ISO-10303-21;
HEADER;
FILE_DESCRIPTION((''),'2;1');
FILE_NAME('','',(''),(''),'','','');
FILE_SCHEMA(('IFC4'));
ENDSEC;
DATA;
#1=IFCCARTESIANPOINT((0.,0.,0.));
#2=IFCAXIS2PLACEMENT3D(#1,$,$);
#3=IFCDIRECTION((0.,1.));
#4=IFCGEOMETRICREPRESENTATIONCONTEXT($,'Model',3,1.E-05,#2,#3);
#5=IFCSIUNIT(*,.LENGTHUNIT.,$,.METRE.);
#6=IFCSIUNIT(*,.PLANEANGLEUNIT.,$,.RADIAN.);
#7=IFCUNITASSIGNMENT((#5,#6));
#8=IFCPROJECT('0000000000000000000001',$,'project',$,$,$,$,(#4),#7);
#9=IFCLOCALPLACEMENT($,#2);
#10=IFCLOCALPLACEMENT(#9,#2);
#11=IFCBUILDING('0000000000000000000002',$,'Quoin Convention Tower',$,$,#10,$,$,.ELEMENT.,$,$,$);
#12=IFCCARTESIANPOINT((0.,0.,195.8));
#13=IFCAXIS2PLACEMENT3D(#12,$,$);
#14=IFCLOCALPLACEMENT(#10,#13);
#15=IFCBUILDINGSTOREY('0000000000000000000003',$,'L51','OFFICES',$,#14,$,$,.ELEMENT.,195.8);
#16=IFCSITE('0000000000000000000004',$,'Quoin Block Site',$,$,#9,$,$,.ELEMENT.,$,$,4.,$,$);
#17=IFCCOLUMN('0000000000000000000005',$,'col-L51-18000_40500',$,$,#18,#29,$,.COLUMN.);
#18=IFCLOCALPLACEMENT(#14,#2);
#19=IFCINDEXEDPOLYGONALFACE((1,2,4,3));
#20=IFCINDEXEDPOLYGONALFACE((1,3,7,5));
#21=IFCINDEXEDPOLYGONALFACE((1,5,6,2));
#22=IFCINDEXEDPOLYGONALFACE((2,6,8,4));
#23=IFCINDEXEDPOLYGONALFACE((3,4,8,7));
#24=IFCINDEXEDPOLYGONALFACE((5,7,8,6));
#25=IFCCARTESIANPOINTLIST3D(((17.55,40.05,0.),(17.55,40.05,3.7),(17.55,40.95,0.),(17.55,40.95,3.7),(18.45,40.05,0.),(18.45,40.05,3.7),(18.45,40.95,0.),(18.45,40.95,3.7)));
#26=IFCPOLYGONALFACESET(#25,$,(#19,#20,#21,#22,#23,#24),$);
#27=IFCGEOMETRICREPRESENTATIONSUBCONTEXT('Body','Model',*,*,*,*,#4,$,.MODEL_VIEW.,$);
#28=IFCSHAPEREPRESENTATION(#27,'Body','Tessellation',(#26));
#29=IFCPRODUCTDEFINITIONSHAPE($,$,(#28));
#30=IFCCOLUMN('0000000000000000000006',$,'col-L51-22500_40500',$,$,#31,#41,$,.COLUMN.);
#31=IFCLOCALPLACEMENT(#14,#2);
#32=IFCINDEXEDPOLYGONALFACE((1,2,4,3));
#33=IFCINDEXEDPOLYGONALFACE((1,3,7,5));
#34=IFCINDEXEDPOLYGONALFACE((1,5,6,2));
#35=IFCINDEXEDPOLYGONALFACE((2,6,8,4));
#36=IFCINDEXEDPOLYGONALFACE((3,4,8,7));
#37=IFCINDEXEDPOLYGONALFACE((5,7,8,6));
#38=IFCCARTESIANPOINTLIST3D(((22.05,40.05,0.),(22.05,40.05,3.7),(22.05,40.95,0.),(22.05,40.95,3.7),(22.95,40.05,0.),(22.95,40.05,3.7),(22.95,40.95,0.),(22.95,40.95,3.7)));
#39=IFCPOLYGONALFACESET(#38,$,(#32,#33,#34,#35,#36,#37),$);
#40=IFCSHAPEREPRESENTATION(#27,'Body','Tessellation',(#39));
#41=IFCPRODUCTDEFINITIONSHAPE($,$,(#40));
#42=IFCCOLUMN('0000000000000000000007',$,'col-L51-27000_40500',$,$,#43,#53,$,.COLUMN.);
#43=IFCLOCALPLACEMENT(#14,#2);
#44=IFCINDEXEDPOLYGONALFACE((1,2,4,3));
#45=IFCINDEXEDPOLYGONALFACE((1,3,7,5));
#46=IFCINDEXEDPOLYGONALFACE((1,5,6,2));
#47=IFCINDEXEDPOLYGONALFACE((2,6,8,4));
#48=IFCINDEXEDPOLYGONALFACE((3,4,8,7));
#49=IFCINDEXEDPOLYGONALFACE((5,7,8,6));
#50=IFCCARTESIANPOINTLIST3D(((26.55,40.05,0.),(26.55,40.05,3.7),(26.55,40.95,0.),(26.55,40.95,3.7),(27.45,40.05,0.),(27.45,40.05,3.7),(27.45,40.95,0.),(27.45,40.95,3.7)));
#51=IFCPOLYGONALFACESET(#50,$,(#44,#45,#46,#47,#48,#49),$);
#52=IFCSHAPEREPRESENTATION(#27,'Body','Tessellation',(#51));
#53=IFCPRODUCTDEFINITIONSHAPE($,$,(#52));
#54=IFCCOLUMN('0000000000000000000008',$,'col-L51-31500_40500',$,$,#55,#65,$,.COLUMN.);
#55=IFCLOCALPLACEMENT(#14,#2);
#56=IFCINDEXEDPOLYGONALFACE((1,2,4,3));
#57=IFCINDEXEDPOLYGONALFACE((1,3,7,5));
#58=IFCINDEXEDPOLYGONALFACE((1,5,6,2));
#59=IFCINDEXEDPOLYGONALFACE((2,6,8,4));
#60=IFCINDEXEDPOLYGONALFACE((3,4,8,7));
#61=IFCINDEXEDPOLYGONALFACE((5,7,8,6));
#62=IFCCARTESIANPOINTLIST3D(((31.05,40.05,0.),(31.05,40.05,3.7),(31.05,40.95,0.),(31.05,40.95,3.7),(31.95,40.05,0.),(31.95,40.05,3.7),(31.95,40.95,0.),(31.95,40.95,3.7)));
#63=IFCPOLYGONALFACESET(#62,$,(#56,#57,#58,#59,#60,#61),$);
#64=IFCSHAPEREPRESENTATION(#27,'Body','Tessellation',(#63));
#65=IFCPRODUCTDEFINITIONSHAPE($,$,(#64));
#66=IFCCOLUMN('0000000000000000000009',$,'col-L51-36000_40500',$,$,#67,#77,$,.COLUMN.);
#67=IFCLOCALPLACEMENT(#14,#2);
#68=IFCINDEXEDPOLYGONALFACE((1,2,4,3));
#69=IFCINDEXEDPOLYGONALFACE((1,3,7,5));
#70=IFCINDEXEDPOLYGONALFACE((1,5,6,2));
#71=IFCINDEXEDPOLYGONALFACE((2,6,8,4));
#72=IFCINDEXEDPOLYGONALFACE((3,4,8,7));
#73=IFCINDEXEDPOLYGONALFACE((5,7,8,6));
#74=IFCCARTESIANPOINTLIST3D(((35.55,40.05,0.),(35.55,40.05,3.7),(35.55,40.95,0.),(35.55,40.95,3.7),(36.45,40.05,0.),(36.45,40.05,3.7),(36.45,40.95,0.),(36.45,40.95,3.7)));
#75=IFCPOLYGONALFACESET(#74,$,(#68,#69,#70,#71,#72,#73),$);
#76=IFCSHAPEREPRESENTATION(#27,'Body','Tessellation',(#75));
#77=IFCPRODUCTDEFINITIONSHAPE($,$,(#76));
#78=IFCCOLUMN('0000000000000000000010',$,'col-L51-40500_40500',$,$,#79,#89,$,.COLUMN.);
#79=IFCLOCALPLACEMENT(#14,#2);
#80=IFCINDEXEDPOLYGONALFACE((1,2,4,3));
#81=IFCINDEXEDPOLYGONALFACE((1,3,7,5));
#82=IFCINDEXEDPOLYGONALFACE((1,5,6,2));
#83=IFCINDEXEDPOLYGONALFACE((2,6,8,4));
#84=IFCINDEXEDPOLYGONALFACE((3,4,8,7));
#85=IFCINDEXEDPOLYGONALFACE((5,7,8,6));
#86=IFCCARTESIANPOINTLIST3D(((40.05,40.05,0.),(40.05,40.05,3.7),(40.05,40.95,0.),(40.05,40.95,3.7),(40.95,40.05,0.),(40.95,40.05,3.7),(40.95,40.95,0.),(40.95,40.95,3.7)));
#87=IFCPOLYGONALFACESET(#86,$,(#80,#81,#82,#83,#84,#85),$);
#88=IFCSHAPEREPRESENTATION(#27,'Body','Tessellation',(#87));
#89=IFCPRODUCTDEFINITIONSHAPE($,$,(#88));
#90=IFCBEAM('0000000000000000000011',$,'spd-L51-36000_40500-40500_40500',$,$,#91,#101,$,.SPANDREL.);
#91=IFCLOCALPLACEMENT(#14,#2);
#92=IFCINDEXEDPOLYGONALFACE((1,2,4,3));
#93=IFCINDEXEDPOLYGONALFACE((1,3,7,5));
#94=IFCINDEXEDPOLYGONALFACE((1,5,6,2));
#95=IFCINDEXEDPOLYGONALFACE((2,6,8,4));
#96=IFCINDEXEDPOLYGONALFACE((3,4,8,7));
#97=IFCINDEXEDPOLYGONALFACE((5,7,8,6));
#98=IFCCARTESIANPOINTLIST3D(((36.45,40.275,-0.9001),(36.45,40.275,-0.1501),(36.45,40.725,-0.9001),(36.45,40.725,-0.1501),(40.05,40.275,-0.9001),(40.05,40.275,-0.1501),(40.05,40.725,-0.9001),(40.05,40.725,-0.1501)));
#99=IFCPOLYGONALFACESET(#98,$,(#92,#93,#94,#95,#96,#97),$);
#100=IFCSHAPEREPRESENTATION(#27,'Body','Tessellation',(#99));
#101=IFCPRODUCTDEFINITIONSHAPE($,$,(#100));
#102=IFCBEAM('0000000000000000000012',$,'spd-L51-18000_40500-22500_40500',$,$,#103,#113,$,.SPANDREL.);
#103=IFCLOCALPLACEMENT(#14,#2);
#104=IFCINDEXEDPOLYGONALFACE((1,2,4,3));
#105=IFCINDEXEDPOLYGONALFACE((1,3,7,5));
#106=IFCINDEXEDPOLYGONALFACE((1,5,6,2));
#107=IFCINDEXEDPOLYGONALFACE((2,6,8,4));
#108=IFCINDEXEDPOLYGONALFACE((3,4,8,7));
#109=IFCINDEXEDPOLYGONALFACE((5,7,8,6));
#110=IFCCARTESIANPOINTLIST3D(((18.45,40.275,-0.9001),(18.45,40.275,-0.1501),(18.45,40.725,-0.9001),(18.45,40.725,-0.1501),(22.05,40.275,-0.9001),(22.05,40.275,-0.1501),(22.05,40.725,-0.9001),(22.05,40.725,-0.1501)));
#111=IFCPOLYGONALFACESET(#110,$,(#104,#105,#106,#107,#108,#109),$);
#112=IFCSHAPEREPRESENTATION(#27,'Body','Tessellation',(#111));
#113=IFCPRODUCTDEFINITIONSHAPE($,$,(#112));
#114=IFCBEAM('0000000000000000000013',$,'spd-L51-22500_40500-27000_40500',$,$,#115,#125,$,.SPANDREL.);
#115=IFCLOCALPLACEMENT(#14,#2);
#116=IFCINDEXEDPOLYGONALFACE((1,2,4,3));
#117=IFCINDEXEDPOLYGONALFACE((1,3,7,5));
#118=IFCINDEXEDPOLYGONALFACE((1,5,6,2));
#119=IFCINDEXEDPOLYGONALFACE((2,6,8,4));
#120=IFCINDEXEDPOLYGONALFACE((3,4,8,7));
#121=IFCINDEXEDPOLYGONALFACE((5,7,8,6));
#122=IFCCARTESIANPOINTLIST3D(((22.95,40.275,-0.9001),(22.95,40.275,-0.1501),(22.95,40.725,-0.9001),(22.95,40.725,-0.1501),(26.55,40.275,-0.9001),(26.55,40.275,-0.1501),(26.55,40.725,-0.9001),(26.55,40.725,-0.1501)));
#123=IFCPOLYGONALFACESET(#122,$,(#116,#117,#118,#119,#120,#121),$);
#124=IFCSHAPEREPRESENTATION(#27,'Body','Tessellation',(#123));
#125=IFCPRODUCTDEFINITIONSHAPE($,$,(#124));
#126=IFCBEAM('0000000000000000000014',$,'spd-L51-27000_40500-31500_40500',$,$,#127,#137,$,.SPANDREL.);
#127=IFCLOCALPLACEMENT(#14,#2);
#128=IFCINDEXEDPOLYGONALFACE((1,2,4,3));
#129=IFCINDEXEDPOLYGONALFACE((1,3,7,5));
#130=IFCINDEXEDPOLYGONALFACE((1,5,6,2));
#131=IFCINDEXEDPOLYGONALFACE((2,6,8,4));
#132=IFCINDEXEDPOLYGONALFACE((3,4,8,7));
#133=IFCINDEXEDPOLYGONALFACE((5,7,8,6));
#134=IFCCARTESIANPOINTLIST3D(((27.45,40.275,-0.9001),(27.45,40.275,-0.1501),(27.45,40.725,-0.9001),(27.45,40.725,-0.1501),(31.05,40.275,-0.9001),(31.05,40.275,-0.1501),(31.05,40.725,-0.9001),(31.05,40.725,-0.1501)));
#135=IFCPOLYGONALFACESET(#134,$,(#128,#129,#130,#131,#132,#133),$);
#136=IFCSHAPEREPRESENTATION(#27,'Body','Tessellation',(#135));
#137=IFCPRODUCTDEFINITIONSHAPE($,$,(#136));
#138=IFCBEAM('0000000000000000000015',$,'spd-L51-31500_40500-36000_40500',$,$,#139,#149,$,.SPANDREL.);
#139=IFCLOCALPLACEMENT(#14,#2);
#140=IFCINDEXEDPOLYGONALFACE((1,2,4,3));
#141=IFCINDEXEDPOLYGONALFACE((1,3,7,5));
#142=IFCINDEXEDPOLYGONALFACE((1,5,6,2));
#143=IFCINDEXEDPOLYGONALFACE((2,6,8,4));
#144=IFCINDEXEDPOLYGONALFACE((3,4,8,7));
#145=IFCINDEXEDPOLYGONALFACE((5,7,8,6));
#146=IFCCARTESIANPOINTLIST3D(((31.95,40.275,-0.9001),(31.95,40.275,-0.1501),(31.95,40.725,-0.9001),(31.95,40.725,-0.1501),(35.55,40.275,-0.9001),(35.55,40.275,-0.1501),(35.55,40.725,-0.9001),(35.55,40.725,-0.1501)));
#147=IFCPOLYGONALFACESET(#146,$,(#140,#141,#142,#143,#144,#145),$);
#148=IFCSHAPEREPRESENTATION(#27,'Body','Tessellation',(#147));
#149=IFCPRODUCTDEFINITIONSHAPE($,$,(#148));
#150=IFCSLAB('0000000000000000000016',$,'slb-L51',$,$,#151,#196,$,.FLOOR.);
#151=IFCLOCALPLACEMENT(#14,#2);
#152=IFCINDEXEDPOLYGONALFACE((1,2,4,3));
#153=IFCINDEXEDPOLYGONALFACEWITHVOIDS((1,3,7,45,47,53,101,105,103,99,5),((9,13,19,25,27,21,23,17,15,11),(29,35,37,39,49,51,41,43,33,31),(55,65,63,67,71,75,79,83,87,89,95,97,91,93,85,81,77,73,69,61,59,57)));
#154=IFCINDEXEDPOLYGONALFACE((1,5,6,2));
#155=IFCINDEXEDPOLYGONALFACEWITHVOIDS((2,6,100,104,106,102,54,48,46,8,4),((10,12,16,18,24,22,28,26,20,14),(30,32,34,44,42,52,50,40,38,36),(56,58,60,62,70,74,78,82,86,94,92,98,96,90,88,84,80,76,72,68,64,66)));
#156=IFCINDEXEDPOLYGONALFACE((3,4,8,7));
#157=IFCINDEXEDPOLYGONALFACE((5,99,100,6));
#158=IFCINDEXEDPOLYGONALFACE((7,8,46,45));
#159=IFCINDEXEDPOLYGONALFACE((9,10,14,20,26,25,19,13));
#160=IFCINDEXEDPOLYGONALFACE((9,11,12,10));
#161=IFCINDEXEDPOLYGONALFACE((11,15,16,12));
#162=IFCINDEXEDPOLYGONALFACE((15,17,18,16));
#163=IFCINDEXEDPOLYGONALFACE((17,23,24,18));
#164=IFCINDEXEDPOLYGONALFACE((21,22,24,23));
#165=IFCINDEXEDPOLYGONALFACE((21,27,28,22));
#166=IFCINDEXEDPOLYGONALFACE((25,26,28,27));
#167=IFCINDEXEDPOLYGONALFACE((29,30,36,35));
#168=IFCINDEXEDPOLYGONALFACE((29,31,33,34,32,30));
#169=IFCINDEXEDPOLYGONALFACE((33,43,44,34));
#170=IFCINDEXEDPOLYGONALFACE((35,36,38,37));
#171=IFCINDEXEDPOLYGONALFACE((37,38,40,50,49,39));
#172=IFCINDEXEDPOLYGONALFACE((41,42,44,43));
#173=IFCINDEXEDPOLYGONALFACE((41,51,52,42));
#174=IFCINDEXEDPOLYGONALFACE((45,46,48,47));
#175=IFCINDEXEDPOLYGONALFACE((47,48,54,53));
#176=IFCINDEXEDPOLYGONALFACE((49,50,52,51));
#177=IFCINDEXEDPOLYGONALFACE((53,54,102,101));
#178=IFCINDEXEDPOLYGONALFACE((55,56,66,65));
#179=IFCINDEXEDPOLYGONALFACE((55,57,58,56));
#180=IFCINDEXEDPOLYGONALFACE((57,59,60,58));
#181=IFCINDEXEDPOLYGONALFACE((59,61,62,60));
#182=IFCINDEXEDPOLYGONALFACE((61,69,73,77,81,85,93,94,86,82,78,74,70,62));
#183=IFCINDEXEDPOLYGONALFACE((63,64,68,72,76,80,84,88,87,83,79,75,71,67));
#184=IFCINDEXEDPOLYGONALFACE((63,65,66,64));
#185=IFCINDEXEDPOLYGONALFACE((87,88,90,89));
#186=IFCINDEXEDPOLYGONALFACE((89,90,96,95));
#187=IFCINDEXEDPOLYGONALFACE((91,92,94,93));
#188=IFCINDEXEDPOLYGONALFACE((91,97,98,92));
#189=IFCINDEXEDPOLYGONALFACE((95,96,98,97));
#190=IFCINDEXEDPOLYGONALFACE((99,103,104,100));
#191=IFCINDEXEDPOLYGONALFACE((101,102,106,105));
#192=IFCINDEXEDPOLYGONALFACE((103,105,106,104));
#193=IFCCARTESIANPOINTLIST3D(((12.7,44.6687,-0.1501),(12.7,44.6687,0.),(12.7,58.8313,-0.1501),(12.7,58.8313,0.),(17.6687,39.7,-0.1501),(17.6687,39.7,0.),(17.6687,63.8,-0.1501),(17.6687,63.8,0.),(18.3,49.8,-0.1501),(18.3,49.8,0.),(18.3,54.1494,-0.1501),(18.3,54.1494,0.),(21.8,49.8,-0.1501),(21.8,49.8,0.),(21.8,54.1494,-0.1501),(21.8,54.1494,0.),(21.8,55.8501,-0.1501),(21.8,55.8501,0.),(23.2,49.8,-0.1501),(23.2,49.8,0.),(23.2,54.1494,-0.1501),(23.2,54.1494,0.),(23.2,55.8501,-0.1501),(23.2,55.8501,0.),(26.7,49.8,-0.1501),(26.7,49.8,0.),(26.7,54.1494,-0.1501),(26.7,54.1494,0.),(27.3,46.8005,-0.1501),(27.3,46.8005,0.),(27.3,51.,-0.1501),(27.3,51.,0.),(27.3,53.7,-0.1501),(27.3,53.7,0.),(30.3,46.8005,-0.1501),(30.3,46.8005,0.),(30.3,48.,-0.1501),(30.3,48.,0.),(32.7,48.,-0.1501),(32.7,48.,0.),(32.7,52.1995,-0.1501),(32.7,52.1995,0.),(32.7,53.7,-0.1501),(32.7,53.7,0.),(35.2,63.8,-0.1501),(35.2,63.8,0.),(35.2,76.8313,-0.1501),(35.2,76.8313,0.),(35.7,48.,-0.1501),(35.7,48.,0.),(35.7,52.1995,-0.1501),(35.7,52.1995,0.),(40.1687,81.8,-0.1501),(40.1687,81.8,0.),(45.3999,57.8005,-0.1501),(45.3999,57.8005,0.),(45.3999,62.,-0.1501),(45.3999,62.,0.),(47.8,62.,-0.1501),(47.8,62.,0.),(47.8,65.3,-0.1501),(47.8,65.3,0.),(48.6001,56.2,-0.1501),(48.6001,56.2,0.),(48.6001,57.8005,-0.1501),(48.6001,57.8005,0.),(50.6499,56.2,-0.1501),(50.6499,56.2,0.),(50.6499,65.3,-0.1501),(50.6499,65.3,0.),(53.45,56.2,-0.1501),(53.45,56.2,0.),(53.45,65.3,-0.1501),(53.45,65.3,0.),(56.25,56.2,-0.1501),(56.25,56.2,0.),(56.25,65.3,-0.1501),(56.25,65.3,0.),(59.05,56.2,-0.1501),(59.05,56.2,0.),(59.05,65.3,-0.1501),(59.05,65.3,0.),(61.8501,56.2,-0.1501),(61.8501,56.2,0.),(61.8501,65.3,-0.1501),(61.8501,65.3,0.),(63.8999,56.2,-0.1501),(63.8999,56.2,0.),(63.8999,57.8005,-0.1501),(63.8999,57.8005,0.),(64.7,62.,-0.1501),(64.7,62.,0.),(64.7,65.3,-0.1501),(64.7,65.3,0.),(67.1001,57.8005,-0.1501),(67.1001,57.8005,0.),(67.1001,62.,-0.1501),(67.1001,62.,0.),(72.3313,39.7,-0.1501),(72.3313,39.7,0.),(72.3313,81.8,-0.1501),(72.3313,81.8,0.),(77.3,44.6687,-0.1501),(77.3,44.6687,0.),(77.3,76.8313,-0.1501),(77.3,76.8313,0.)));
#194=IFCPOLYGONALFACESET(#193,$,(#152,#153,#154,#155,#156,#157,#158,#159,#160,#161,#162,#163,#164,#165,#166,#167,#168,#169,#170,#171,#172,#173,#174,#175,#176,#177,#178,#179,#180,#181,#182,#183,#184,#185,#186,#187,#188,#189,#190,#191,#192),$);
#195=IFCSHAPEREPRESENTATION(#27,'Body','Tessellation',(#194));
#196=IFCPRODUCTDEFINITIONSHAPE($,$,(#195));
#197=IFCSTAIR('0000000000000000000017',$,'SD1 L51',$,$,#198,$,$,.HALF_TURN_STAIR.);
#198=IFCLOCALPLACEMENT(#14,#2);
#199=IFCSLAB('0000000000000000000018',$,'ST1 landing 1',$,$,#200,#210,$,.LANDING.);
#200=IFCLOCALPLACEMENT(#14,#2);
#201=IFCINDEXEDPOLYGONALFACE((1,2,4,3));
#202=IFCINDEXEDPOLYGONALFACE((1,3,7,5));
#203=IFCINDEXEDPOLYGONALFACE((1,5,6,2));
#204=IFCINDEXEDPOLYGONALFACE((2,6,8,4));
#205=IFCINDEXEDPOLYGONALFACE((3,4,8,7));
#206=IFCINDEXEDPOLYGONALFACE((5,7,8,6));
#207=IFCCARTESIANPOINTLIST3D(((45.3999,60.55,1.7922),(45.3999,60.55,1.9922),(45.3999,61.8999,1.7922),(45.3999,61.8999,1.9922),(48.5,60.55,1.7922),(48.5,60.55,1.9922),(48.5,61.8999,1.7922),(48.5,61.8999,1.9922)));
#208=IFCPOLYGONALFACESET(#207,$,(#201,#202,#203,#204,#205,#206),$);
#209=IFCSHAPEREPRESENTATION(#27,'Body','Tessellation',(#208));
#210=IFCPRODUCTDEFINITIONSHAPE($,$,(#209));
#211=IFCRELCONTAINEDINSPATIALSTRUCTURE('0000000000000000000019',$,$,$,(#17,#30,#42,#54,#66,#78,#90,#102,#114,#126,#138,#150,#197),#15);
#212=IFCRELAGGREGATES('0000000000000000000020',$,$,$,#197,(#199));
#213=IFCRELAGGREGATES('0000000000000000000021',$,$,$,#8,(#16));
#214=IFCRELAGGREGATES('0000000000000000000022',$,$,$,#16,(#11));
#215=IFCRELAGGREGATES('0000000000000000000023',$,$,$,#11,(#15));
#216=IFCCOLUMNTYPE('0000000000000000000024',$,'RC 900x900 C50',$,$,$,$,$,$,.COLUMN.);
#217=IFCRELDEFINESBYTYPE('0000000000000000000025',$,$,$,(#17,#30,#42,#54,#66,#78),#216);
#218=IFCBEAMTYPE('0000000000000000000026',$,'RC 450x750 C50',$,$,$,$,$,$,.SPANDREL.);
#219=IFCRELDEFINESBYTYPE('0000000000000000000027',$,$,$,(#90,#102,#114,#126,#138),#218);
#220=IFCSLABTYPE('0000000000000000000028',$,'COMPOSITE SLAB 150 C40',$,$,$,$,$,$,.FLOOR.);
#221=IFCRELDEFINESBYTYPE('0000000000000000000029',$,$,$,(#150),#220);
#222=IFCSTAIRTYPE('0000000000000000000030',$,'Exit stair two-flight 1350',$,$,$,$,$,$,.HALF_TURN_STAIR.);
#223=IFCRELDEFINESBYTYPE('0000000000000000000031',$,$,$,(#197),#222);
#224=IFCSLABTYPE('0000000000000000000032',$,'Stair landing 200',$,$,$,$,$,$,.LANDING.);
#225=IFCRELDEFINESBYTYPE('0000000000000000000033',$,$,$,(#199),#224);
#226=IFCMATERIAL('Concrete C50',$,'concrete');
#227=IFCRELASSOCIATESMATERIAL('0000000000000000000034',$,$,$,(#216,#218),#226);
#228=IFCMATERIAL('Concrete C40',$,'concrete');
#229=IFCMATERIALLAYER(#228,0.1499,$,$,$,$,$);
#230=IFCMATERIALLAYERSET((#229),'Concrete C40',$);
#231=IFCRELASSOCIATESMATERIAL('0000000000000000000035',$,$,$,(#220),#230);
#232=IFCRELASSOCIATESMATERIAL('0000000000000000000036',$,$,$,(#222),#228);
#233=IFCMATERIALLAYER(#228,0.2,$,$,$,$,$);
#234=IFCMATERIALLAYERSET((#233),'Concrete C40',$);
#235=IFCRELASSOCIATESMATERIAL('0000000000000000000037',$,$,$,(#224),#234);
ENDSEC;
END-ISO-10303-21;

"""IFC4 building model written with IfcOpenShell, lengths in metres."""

from ifc_helpers import new_model, si_unit, direction, frame, origin, origin_2d, place, context, subcontext, project, spatial, polyline, rectangle, outline, extrude, material, layer, layer_set, material_profile, profile_set, type_object, element, aggregate, save


model = new_model("IFC4")

# Units and contexts
model_context = context("Model", 3, precision=1e-05, world=origin(), true_north=direction((0.0, 1.0)))
body_context = subcontext(model_context, "Body", "Model", "MODEL_VIEW")
ifc_project = project(units=[si_unit("LENGTHUNIT", "METRE"), si_unit("PLANEANGLEUNIT", "RADIAN")], contexts=[model_context])

# Site, building, storey
site_placement = place(None, origin())
site = spatial("IfcSite", under=ifc_project, at=site_placement, Name="Quoin Block Site", CompositionType="ELEMENT", RefElevation=4.0)
building_placement = place(site_placement, origin())
building = spatial("IfcBuilding", under=site, at=building_placement, Name="Quoin Convention Tower", CompositionType="ELEMENT")
storey_placement = place(building_placement, frame((0.0, 0.0, 195.8)))
storey = spatial("IfcBuildingStorey", under=building, at=storey_placement, Name="L51", Description="OFFICES", CompositionType="ELEMENT", Elevation=195.8)

# Columns
ifc_material_1 = material(Name="Concrete C50", Category="concrete")
ifc_material_profile_1 = material_profile(ifc_material_1, rectangle(XDim=0.8999, YDim=0.8999, at=origin_2d()), Name="RC 900x900")
ifc_profile_set_1 = profile_set([ifc_material_profile_1], Name="Concrete C50")
column_type = type_object("IfcColumnType", Name="RC 900x900 C50", PredefinedType="COLUMN", material=ifc_profile_set_1)
for number, where, z_axis, x_axis, name in (
    (1, (18.0, 40.5, 0.0), (0.0, 0.0, 1.0), (1.0, 0.0, 0.0), "col-L51-18000_40500"),
    (2, (22.5, 40.5, 0.0), (0.0, 0.0, 1.0), (1.0, 0.0, 0.0), "col-L51-22500_40500"),
    (3, (27.0, 40.5, 0.0), (0.0, 0.0, 1.0), (1.0, 0.0, 0.0), "col-L51-27000_40500"),
    (4, (31.5, 40.5, 0.0), (0.0, 0.0, 1.0), (1.0, 0.0, 0.0), "col-L51-31500_40500"),
    (5, (36.0, 40.5, 0.0), (0.0, 0.0, 1.0), (1.0, 0.0, 0.0), "col-L51-36000_40500"),
    (6, (40.5, 40.5, 0.0), (0.0, 0.0, 1.0), (1.0, 0.0, 0.0), "col-L51-40500_40500"),
):
    element("IfcColumn", number, at=place(storey_placement, frame(where, z_axis=z_axis, x_axis=x_axis)), inside=storey, type_object=column_type, Name=name, PredefinedType="COLUMN", context=body_context, shape_type="SweptSolid", body=[
        extrude(rectangle(XDim=0.8999, YDim=0.8999, at=origin_2d()), origin(), (0.0, 0.0, 1.0), 3.7),
    ])

# Beams
ifc_material_profile_2 = material_profile(ifc_material_1, rectangle(XDim=0.45, YDim=0.75, at=origin_2d()), Name="RC 450x750")
ifc_profile_set_2 = profile_set([ifc_material_profile_2], Name="Concrete C50")
beam_type = type_object("IfcBeamType", Name="RC 450x750 C50", PredefinedType="SPANDREL", material=ifc_profile_set_2)
for number, where, z_axis, x_axis, name in (
    (7, (36.45, 40.5, -0.5251), (1.0, 0.0, 0.0), (0.0, 1.0, 0.0), "spd-L51-36000_40500-40500_40500"),
    (8, (18.45, 40.5, -0.5251), (1.0, 0.0, 0.0), (0.0, 1.0, 0.0), "spd-L51-18000_40500-22500_40500"),
    (9, (22.95, 40.5, -0.5251), (1.0, 0.0, 0.0), (0.0, 1.0, 0.0), "spd-L51-22500_40500-27000_40500"),
    (10, (27.45, 40.5, -0.5251), (1.0, 0.0, 0.0), (0.0, 1.0, 0.0), "spd-L51-27000_40500-31500_40500"),
    (11, (31.95, 40.5, -0.5251), (1.0, 0.0, 0.0), (0.0, 1.0, 0.0), "spd-L51-31500_40500-36000_40500"),
):
    element("IfcBeam", number, at=place(storey_placement, frame(where, z_axis=z_axis, x_axis=x_axis)), inside=storey, type_object=beam_type, Name=name, PredefinedType="SPANDREL", context=body_context, shape_type="SweptSolid", body=[
        extrude(rectangle(XDim=0.45, YDim=0.75, at=origin_2d()), origin(), (0.0, 0.0, 1.0), 3.6001),
    ])

# Slab
ifc_material_2 = material(Name="Concrete C40", Category="concrete")
ifc_layer_1 = layer(ifc_material_2, 0.1499)
ifc_layer_set_1 = layer_set([ifc_layer_1], Name="Concrete C40")
slab_type_1 = type_object("IfcSlabType", Name="COMPOSITE SLAB 150 C40", PredefinedType="FLOOR", material=ifc_layer_set_1)
slab_1_placement = place(storey_placement, frame((0.0, 0.0, -0.1501)))
element("IfcSlab", 12, at=slab_1_placement, inside=storey, type_object=slab_type_1, Name="slb-L51", PredefinedType="FLOOR", context=body_context, shape_type="SweptSolid", body=[
    extrude(outline(polyline([(17.6687, 39.7), (12.7, 44.6687), (12.7, 58.8313), (17.6687, 63.8), (35.2, 63.8), (35.2, 76.8313), (40.1687, 81.8), (72.3313, 81.8), (77.3, 76.8313), (77.3, 44.6687), (72.3313, 39.7), (17.6687, 39.7)]), holes=[polyline([(27.3, 51.0), (27.3, 46.8005), (30.3, 46.8005), (30.3, 48.0), (32.7, 48.0), (35.7, 48.0), (35.7, 52.1995), (32.7, 52.1995), (32.7, 53.7), (27.3, 53.7), (27.3, 51.0)]), polyline([(18.3, 49.8), (21.8, 49.8), (23.2, 49.8), (26.7, 49.8), (26.7, 54.1494), (23.2, 54.1494), (23.2, 55.8501), (21.8, 55.8501), (21.8, 54.1494), (18.3, 54.1494), (18.3, 49.8)]), polyline([(48.6001, 56.2), (50.6499, 56.2), (53.45, 56.2), (56.25, 56.2), (59.05, 56.2), (61.8501, 56.2), (63.8999, 56.2), (63.8999, 57.8005), (67.1001, 57.8005), (67.1001, 62.0), (64.7, 62.0), (64.7, 65.3), (61.8501, 65.3), (59.05, 65.3), (56.25, 65.3), (53.45, 65.3), (50.6499, 65.3), (47.8, 65.3), (47.8, 62.0), (45.3999, 62.0), (45.3999, 57.8005), (48.6001, 57.8005), (48.6001, 56.2)])]), origin(), (0.0, 0.0, 1.0), 0.1501),
])

# Stair, slab
stair_type_1 = type_object("IfcStairType", Name="Exit stair two-flight 1350", PredefinedType="HALF_TURN_STAIR", material=ifc_material_2)
stair_1_placement = place(storey_placement, origin())
stair_1 = element("IfcStair", 13, at=stair_1_placement, inside=storey, type_object=stair_type_1, Name="SD1 L51", PredefinedType="HALF_TURN_STAIR")
ifc_layer_2 = layer(ifc_material_2, 0.2)
ifc_layer_set_2 = layer_set([ifc_layer_2], Name="Concrete C40")
slab_type_2 = type_object("IfcSlabType", Name="Stair landing 200", PredefinedType="LANDING", material=ifc_layer_set_2)
slab_2_placement = place(storey_placement, frame((0.0, 0.0, 1.7922)))
slab_2 = element("IfcSlab", 14, at=slab_2_placement, type_object=slab_type_2, Name="ST1 landing 1", PredefinedType="LANDING", context=body_context, shape_type="SweptSolid", body=[
    extrude(outline(polyline([(45.3999, 60.55), (48.5, 60.55), (48.5, 61.8999), (45.3999, 61.8999), (45.3999, 60.55)])), origin(), (0.0, 0.0, 1.0), 0.2),
])
aggregate(stair_1, [slab_2])

save(model, "model.ifc")
